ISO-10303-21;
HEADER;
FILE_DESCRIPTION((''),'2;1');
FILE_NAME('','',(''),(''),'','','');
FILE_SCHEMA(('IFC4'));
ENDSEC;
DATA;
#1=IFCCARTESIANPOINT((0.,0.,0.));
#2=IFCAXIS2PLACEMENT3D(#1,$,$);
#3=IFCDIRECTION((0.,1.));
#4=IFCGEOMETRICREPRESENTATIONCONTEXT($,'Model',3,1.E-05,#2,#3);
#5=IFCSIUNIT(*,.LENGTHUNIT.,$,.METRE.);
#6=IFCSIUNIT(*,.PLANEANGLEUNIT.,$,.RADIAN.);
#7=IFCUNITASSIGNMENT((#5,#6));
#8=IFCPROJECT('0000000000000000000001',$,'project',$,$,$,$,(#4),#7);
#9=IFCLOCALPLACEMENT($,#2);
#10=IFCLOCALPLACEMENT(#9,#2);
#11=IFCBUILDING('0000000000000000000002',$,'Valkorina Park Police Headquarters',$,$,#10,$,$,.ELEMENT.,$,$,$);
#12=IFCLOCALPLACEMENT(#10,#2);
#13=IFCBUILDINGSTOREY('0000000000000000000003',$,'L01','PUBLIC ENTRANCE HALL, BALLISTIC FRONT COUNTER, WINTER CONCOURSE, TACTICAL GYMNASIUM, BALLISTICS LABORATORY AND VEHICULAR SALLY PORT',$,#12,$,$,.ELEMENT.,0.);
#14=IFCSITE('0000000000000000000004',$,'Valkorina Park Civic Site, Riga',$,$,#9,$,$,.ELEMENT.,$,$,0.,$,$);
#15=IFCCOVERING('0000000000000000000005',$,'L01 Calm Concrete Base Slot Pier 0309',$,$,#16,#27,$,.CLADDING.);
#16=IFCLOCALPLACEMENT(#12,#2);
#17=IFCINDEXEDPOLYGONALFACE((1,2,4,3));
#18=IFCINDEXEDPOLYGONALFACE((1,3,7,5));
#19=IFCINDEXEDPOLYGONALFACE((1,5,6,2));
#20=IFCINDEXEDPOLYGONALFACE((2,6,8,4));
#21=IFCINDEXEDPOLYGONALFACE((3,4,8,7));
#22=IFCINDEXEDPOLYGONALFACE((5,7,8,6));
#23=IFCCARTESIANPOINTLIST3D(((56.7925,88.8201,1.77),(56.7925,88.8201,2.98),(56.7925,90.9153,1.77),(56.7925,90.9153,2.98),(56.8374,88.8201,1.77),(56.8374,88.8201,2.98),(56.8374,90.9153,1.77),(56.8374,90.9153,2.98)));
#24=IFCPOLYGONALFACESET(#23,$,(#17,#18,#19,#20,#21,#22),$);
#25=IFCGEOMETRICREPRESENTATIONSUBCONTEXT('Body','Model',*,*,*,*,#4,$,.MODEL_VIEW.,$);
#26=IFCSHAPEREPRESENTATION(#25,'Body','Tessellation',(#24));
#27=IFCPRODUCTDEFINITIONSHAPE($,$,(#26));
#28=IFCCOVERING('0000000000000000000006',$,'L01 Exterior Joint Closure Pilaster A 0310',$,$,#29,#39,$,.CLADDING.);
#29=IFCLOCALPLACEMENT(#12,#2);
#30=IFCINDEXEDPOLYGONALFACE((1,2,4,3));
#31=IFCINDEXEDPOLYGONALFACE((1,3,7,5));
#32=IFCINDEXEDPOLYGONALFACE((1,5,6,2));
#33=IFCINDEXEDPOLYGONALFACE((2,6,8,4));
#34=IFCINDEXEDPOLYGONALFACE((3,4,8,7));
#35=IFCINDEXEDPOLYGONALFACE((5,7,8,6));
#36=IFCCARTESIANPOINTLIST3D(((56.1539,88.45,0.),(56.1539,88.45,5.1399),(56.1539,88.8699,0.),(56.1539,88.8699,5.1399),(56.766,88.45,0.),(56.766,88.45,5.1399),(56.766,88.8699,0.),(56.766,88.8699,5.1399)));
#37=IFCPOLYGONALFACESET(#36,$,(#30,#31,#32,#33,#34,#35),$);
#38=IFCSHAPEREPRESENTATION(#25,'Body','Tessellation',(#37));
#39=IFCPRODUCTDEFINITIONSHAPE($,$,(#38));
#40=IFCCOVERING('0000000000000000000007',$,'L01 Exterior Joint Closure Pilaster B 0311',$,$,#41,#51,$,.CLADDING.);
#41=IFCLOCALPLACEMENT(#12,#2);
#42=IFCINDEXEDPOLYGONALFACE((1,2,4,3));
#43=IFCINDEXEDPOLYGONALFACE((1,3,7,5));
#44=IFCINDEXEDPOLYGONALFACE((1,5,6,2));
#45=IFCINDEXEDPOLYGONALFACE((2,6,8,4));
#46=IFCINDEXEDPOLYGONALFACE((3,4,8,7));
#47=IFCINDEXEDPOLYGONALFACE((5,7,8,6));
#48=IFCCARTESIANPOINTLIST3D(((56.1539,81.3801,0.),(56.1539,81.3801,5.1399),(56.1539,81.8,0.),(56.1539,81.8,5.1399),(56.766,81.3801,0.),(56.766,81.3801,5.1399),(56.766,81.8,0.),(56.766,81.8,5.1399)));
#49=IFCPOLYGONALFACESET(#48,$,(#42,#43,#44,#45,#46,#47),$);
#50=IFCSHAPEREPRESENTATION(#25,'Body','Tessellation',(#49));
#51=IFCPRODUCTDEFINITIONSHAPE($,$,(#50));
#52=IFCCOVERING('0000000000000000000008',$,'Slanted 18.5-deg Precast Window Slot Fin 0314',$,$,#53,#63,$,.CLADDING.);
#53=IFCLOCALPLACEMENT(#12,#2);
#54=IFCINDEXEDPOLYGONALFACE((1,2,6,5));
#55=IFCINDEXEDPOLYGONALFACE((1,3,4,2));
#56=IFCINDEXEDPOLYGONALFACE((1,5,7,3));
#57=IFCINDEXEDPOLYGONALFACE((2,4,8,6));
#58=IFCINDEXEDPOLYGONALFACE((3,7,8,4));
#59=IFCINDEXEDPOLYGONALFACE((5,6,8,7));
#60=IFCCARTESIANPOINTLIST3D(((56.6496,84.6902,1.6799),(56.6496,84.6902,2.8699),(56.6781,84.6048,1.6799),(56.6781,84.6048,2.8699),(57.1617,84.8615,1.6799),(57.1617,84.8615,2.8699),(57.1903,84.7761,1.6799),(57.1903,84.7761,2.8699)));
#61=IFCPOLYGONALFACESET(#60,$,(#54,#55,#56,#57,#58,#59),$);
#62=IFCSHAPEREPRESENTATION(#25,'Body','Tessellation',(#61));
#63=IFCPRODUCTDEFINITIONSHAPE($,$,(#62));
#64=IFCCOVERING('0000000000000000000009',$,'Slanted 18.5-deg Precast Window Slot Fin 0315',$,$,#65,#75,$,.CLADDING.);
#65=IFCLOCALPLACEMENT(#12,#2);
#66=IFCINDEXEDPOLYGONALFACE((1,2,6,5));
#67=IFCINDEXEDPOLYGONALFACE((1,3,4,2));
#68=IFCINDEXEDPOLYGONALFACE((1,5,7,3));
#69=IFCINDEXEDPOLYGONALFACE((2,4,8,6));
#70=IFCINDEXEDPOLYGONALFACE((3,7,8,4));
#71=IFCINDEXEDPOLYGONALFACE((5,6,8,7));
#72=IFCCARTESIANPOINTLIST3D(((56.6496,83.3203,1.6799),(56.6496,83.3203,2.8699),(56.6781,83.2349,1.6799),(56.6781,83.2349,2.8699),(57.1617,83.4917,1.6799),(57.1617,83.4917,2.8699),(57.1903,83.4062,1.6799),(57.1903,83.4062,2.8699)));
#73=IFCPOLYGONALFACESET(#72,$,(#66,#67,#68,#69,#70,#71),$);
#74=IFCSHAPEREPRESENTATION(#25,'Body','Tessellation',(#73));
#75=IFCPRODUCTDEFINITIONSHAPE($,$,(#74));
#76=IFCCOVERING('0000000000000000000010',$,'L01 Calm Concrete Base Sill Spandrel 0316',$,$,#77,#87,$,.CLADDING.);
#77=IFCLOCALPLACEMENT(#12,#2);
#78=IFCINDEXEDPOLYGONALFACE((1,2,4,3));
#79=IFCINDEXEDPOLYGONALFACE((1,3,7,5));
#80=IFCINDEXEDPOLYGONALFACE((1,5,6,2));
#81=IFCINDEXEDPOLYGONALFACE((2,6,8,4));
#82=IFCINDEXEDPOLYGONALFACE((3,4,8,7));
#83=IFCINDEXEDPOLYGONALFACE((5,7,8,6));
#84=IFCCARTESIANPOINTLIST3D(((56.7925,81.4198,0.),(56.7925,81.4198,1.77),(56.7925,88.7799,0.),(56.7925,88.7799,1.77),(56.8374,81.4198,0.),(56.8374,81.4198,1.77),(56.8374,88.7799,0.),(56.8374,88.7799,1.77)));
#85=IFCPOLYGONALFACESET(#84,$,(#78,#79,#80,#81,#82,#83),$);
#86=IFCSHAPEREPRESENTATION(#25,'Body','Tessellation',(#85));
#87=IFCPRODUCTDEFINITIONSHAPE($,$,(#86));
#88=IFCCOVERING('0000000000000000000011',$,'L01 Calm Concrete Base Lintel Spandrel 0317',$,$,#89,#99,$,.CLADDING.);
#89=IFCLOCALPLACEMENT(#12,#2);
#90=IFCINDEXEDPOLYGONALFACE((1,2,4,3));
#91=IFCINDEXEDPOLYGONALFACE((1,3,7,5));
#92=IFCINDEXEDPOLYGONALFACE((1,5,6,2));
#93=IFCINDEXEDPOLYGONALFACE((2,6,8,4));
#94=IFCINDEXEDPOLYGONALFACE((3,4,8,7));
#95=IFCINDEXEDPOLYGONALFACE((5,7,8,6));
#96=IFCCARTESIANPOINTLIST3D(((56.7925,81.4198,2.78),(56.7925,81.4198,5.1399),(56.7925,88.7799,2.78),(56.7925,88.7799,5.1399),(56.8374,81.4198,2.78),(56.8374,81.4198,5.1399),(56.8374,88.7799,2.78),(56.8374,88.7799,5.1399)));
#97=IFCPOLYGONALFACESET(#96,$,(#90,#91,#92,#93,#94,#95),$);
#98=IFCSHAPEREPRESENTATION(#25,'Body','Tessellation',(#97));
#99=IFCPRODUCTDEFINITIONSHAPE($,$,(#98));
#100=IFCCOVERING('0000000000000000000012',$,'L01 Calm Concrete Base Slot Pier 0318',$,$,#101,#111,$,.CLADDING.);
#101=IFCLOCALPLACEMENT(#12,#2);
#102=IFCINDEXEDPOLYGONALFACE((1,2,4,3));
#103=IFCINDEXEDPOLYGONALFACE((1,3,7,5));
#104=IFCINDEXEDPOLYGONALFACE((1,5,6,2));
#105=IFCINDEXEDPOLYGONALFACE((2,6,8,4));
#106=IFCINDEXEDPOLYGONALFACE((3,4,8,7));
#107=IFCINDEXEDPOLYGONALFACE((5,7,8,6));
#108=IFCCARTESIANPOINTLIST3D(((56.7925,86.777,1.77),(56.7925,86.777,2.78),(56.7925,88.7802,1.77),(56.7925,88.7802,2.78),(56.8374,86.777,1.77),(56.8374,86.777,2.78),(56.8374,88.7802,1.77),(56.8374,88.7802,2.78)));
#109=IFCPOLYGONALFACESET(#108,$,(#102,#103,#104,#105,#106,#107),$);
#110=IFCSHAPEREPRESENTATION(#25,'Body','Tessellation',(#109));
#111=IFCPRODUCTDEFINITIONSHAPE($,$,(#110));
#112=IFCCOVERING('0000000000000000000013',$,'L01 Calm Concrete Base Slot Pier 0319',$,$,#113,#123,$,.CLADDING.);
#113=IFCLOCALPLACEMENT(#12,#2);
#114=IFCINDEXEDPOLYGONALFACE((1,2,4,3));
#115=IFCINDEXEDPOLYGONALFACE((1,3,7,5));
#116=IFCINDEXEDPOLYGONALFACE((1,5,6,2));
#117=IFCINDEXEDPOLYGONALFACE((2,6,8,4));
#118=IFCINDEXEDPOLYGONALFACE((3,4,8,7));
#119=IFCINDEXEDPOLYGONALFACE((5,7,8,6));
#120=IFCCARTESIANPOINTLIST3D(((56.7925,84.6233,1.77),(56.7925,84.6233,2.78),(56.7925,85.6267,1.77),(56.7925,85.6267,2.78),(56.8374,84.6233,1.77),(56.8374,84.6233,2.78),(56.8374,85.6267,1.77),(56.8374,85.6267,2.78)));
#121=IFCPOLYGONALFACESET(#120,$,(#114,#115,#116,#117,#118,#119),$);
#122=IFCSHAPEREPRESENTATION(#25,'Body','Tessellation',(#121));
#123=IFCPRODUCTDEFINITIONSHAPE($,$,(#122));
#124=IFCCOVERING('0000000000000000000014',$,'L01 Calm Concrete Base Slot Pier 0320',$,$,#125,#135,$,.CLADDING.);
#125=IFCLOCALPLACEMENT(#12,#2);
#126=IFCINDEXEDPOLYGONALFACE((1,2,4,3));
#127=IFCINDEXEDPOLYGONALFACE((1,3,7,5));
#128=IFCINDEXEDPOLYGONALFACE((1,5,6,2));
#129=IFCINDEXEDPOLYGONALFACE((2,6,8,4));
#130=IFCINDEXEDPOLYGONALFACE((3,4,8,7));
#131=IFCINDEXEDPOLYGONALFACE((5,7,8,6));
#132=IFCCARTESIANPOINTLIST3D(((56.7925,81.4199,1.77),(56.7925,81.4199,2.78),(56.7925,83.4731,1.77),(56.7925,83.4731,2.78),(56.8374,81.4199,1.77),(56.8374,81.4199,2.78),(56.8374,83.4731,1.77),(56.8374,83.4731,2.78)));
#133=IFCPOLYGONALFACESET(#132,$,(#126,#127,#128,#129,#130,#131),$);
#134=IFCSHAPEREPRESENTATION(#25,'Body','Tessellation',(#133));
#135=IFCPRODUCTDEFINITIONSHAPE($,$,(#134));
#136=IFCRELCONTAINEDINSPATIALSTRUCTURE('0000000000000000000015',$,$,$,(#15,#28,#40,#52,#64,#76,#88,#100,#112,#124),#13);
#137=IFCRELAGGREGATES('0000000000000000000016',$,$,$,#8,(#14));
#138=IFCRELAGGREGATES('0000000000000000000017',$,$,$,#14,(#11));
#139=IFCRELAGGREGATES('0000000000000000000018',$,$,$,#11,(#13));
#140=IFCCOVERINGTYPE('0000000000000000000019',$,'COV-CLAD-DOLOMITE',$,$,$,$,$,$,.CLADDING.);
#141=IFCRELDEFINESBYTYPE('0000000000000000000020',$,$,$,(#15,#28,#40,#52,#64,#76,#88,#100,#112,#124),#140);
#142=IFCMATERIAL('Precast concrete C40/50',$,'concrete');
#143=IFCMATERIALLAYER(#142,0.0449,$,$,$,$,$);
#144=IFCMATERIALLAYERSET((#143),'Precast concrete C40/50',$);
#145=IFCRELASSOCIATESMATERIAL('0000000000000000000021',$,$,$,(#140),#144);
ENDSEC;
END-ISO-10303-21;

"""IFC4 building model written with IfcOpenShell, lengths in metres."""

from ifc_helpers import new_model, si_unit, direction, frame, frame_2d, origin, origin_2d, place, context, subcontext, project, spatial, rectangle, extrude, material, layer, layer_set, type_object, element, save


model = new_model("IFC4")

# Units and contexts
model_context = context("Model", 3, precision=1e-05, world=origin(), true_north=direction((0.0, 1.0)))
body_context = subcontext(model_context, "Body", "Model", "MODEL_VIEW")
ifc_project = project(units=[si_unit("LENGTHUNIT", "METRE"), si_unit("PLANEANGLEUNIT", "RADIAN")], contexts=[model_context])

# Site, building, storey
site_placement = place(None, origin())
site = spatial("IfcSite", under=ifc_project, at=site_placement, Name="Valkorina Park Civic Site, Riga", CompositionType="ELEMENT", RefElevation=0.0)
building_placement = place(site_placement, origin())
building = spatial("IfcBuilding", under=site, at=building_placement, Name="Valkorina Park Police Headquarters", CompositionType="ELEMENT")
storey_placement = place(building_placement, origin())
storey = spatial("IfcBuildingStorey", under=building, at=storey_placement, Name="L01", Description="PUBLIC ENTRANCE HALL, BALLISTIC FRONT COUNTER, WINTER CONCOURSE, TACTICAL GYMNASIUM, BALLISTICS LABORATORY AND VEHICULAR SALLY PORT", CompositionType="ELEMENT", Elevation=0.0)

# Shared definitions
ifc_material_1 = material(Name="Precast concrete C40/50", Category="concrete")

# Coverings
ifc_layer_1 = layer(ifc_material_1, 0.0449)
ifc_layer_set_1 = layer_set([ifc_layer_1], Name="Precast concrete C40/50")
covering_type = type_object("IfcCoveringType", Name="COV-CLAD-DOLOMITE", PredefinedType="CLADDING", material=ifc_layer_set_1)
covering_1_placement = place(storey_placement, frame((56.8149, 90.9153, 1.77), z_axis=(0.0, 0.0, 1.0), x_axis=(0.0, -1.0, 0.0)))
element("IfcCovering", 1, at=covering_1_placement, inside=storey, type_object=covering_type, Name="L01 Calm Concrete Base Slot Pier 0309", PredefinedType="CLADDING", context=body_context, shape_type="SweptSolid", body=[
    extrude(rectangle(XDim=2.0952, YDim=0.0449, at=frame_2d((1.0476, 0.0))), origin(), (0.0, 0.0, 1.0), 1.21),
])
for number, where, z_axis, x_axis, name in (
    (2, (56.46, 88.6599, 0.0), (0.0, 0.0, 1.0), (0.0, 1.0, 0.0), "L01 Exterior Joint Closure Pilaster A 0310"),
    (3, (56.46, 81.5901, 0.0), (0.0, 0.0, 1.0), (0.0, 1.0, 0.0), "L01 Exterior Joint Closure Pilaster B 0311"),
):
    element("IfcCovering", number, at=place(storey_placement, frame(where, z_axis=z_axis, x_axis=x_axis)), inside=storey, type_object=covering_type, Name=name, PredefinedType="CLADDING", context=body_context, shape_type="SweptSolid", body=[
        extrude(rectangle(XDim=0.4199, YDim=0.6121, at=origin_2d()), origin(), (0.0, 0.0, 1.0), 5.1399),
    ])
for number, where, z_axis, x_axis, name in (
    (4, (56.9199, 84.7332, 1.6799), (0.0, 0.0, 1.0), (0.948324, 0.317305, 0.0), "Slanted 18.5-deg Precast Window Slot Fin 0314"),
    (5, (56.9199, 83.3633, 1.6799), (0.0, 0.0, 1.0), (0.948324, 0.317305, 0.0), "Slanted 18.5-deg Precast Window Slot Fin 0315"),
):
    element("IfcCovering", number, at=place(storey_placement, frame(where, z_axis=z_axis, x_axis=x_axis)), inside=storey, type_object=covering_type, Name=name, PredefinedType="CLADDING", context=body_context, shape_type="SweptSolid", body=[
        extrude(rectangle(XDim=0.54, YDim=0.0901, at=origin_2d()), origin(), (0.0, 0.0, 1.0), 1.1899),
    ])
covering_2_placement = place(storey_placement, frame((56.8149, 88.78, 0.0), z_axis=(0.0, 0.0, 1.0), x_axis=(0.0, -1.0, 0.0)))
element("IfcCovering", 6, at=covering_2_placement, inside=storey, type_object=covering_type, Name="L01 Calm Concrete Base Sill Spandrel 0316", PredefinedType="CLADDING", context=body_context, shape_type="SweptSolid", body=[
    extrude(rectangle(XDim=7.3601, YDim=0.0449, at=frame_2d((3.6802, 0.0))), origin(), (0.0, 0.0, 1.0), 1.77),
])
covering_3_placement = place(storey_placement, frame((56.8149, 88.78, 2.78), z_axis=(0.0, 0.0, 1.0), x_axis=(0.0, -1.0, 0.0)))
element("IfcCovering", 7, at=covering_3_placement, inside=storey, type_object=covering_type, Name="L01 Calm Concrete Base Lintel Spandrel 0317", PredefinedType="CLADDING", context=body_context, shape_type="SweptSolid", body=[
    extrude(rectangle(XDim=7.3601, YDim=0.0449, at=frame_2d((3.6802, 0.0))), origin(), (0.0, 0.0, 1.0), 2.3599),
])
covering_4_placement = place(storey_placement, frame((56.8149, 88.78, 1.77), z_axis=(0.0, 0.0, 1.0), x_axis=(0.0, -1.0, 0.0)))
element("IfcCovering", 8, at=covering_4_placement, inside=storey, type_object=covering_type, Name="L01 Calm Concrete Base Slot Pier 0318", PredefinedType="CLADDING", context=body_context, shape_type="SweptSolid", body=[
    extrude(rectangle(XDim=2.0032, YDim=0.0449, at=frame_2d((1.0015, 0.0))), origin(), (0.0, 0.0, 1.0), 1.01),
])
covering_5_placement = place(storey_placement, frame((56.8149, 85.6267, 1.77), z_axis=(0.0, 0.0, 1.0), x_axis=(0.0, -1.0, 0.0)))
element("IfcCovering", 9, at=covering_5_placement, inside=storey, type_object=covering_type, Name="L01 Calm Concrete Base Slot Pier 0319", PredefinedType="CLADDING", context=body_context, shape_type="SweptSolid", body=[
    extrude(rectangle(XDim=1.0034, YDim=0.0449, at=frame_2d((0.5017, 0.0))), origin(), (0.0, 0.0, 1.0), 1.01),
])
covering_6_placement = place(storey_placement, frame((56.8149, 83.4731, 1.77), z_axis=(0.0, 0.0, 1.0), x_axis=(0.0, -1.0, 0.0)))
element("IfcCovering", 10, at=covering_6_placement, inside=storey, type_object=covering_type, Name="L01 Calm Concrete Base Slot Pier 0320", PredefinedType="CLADDING", context=body_context, shape_type="SweptSolid", body=[
    extrude(rectangle(XDim=2.0532, YDim=0.0449, at=frame_2d((1.0266, 0.0))), origin(), (0.0, 0.0, 1.0), 1.01),
])

save(model, "model.ifc")
